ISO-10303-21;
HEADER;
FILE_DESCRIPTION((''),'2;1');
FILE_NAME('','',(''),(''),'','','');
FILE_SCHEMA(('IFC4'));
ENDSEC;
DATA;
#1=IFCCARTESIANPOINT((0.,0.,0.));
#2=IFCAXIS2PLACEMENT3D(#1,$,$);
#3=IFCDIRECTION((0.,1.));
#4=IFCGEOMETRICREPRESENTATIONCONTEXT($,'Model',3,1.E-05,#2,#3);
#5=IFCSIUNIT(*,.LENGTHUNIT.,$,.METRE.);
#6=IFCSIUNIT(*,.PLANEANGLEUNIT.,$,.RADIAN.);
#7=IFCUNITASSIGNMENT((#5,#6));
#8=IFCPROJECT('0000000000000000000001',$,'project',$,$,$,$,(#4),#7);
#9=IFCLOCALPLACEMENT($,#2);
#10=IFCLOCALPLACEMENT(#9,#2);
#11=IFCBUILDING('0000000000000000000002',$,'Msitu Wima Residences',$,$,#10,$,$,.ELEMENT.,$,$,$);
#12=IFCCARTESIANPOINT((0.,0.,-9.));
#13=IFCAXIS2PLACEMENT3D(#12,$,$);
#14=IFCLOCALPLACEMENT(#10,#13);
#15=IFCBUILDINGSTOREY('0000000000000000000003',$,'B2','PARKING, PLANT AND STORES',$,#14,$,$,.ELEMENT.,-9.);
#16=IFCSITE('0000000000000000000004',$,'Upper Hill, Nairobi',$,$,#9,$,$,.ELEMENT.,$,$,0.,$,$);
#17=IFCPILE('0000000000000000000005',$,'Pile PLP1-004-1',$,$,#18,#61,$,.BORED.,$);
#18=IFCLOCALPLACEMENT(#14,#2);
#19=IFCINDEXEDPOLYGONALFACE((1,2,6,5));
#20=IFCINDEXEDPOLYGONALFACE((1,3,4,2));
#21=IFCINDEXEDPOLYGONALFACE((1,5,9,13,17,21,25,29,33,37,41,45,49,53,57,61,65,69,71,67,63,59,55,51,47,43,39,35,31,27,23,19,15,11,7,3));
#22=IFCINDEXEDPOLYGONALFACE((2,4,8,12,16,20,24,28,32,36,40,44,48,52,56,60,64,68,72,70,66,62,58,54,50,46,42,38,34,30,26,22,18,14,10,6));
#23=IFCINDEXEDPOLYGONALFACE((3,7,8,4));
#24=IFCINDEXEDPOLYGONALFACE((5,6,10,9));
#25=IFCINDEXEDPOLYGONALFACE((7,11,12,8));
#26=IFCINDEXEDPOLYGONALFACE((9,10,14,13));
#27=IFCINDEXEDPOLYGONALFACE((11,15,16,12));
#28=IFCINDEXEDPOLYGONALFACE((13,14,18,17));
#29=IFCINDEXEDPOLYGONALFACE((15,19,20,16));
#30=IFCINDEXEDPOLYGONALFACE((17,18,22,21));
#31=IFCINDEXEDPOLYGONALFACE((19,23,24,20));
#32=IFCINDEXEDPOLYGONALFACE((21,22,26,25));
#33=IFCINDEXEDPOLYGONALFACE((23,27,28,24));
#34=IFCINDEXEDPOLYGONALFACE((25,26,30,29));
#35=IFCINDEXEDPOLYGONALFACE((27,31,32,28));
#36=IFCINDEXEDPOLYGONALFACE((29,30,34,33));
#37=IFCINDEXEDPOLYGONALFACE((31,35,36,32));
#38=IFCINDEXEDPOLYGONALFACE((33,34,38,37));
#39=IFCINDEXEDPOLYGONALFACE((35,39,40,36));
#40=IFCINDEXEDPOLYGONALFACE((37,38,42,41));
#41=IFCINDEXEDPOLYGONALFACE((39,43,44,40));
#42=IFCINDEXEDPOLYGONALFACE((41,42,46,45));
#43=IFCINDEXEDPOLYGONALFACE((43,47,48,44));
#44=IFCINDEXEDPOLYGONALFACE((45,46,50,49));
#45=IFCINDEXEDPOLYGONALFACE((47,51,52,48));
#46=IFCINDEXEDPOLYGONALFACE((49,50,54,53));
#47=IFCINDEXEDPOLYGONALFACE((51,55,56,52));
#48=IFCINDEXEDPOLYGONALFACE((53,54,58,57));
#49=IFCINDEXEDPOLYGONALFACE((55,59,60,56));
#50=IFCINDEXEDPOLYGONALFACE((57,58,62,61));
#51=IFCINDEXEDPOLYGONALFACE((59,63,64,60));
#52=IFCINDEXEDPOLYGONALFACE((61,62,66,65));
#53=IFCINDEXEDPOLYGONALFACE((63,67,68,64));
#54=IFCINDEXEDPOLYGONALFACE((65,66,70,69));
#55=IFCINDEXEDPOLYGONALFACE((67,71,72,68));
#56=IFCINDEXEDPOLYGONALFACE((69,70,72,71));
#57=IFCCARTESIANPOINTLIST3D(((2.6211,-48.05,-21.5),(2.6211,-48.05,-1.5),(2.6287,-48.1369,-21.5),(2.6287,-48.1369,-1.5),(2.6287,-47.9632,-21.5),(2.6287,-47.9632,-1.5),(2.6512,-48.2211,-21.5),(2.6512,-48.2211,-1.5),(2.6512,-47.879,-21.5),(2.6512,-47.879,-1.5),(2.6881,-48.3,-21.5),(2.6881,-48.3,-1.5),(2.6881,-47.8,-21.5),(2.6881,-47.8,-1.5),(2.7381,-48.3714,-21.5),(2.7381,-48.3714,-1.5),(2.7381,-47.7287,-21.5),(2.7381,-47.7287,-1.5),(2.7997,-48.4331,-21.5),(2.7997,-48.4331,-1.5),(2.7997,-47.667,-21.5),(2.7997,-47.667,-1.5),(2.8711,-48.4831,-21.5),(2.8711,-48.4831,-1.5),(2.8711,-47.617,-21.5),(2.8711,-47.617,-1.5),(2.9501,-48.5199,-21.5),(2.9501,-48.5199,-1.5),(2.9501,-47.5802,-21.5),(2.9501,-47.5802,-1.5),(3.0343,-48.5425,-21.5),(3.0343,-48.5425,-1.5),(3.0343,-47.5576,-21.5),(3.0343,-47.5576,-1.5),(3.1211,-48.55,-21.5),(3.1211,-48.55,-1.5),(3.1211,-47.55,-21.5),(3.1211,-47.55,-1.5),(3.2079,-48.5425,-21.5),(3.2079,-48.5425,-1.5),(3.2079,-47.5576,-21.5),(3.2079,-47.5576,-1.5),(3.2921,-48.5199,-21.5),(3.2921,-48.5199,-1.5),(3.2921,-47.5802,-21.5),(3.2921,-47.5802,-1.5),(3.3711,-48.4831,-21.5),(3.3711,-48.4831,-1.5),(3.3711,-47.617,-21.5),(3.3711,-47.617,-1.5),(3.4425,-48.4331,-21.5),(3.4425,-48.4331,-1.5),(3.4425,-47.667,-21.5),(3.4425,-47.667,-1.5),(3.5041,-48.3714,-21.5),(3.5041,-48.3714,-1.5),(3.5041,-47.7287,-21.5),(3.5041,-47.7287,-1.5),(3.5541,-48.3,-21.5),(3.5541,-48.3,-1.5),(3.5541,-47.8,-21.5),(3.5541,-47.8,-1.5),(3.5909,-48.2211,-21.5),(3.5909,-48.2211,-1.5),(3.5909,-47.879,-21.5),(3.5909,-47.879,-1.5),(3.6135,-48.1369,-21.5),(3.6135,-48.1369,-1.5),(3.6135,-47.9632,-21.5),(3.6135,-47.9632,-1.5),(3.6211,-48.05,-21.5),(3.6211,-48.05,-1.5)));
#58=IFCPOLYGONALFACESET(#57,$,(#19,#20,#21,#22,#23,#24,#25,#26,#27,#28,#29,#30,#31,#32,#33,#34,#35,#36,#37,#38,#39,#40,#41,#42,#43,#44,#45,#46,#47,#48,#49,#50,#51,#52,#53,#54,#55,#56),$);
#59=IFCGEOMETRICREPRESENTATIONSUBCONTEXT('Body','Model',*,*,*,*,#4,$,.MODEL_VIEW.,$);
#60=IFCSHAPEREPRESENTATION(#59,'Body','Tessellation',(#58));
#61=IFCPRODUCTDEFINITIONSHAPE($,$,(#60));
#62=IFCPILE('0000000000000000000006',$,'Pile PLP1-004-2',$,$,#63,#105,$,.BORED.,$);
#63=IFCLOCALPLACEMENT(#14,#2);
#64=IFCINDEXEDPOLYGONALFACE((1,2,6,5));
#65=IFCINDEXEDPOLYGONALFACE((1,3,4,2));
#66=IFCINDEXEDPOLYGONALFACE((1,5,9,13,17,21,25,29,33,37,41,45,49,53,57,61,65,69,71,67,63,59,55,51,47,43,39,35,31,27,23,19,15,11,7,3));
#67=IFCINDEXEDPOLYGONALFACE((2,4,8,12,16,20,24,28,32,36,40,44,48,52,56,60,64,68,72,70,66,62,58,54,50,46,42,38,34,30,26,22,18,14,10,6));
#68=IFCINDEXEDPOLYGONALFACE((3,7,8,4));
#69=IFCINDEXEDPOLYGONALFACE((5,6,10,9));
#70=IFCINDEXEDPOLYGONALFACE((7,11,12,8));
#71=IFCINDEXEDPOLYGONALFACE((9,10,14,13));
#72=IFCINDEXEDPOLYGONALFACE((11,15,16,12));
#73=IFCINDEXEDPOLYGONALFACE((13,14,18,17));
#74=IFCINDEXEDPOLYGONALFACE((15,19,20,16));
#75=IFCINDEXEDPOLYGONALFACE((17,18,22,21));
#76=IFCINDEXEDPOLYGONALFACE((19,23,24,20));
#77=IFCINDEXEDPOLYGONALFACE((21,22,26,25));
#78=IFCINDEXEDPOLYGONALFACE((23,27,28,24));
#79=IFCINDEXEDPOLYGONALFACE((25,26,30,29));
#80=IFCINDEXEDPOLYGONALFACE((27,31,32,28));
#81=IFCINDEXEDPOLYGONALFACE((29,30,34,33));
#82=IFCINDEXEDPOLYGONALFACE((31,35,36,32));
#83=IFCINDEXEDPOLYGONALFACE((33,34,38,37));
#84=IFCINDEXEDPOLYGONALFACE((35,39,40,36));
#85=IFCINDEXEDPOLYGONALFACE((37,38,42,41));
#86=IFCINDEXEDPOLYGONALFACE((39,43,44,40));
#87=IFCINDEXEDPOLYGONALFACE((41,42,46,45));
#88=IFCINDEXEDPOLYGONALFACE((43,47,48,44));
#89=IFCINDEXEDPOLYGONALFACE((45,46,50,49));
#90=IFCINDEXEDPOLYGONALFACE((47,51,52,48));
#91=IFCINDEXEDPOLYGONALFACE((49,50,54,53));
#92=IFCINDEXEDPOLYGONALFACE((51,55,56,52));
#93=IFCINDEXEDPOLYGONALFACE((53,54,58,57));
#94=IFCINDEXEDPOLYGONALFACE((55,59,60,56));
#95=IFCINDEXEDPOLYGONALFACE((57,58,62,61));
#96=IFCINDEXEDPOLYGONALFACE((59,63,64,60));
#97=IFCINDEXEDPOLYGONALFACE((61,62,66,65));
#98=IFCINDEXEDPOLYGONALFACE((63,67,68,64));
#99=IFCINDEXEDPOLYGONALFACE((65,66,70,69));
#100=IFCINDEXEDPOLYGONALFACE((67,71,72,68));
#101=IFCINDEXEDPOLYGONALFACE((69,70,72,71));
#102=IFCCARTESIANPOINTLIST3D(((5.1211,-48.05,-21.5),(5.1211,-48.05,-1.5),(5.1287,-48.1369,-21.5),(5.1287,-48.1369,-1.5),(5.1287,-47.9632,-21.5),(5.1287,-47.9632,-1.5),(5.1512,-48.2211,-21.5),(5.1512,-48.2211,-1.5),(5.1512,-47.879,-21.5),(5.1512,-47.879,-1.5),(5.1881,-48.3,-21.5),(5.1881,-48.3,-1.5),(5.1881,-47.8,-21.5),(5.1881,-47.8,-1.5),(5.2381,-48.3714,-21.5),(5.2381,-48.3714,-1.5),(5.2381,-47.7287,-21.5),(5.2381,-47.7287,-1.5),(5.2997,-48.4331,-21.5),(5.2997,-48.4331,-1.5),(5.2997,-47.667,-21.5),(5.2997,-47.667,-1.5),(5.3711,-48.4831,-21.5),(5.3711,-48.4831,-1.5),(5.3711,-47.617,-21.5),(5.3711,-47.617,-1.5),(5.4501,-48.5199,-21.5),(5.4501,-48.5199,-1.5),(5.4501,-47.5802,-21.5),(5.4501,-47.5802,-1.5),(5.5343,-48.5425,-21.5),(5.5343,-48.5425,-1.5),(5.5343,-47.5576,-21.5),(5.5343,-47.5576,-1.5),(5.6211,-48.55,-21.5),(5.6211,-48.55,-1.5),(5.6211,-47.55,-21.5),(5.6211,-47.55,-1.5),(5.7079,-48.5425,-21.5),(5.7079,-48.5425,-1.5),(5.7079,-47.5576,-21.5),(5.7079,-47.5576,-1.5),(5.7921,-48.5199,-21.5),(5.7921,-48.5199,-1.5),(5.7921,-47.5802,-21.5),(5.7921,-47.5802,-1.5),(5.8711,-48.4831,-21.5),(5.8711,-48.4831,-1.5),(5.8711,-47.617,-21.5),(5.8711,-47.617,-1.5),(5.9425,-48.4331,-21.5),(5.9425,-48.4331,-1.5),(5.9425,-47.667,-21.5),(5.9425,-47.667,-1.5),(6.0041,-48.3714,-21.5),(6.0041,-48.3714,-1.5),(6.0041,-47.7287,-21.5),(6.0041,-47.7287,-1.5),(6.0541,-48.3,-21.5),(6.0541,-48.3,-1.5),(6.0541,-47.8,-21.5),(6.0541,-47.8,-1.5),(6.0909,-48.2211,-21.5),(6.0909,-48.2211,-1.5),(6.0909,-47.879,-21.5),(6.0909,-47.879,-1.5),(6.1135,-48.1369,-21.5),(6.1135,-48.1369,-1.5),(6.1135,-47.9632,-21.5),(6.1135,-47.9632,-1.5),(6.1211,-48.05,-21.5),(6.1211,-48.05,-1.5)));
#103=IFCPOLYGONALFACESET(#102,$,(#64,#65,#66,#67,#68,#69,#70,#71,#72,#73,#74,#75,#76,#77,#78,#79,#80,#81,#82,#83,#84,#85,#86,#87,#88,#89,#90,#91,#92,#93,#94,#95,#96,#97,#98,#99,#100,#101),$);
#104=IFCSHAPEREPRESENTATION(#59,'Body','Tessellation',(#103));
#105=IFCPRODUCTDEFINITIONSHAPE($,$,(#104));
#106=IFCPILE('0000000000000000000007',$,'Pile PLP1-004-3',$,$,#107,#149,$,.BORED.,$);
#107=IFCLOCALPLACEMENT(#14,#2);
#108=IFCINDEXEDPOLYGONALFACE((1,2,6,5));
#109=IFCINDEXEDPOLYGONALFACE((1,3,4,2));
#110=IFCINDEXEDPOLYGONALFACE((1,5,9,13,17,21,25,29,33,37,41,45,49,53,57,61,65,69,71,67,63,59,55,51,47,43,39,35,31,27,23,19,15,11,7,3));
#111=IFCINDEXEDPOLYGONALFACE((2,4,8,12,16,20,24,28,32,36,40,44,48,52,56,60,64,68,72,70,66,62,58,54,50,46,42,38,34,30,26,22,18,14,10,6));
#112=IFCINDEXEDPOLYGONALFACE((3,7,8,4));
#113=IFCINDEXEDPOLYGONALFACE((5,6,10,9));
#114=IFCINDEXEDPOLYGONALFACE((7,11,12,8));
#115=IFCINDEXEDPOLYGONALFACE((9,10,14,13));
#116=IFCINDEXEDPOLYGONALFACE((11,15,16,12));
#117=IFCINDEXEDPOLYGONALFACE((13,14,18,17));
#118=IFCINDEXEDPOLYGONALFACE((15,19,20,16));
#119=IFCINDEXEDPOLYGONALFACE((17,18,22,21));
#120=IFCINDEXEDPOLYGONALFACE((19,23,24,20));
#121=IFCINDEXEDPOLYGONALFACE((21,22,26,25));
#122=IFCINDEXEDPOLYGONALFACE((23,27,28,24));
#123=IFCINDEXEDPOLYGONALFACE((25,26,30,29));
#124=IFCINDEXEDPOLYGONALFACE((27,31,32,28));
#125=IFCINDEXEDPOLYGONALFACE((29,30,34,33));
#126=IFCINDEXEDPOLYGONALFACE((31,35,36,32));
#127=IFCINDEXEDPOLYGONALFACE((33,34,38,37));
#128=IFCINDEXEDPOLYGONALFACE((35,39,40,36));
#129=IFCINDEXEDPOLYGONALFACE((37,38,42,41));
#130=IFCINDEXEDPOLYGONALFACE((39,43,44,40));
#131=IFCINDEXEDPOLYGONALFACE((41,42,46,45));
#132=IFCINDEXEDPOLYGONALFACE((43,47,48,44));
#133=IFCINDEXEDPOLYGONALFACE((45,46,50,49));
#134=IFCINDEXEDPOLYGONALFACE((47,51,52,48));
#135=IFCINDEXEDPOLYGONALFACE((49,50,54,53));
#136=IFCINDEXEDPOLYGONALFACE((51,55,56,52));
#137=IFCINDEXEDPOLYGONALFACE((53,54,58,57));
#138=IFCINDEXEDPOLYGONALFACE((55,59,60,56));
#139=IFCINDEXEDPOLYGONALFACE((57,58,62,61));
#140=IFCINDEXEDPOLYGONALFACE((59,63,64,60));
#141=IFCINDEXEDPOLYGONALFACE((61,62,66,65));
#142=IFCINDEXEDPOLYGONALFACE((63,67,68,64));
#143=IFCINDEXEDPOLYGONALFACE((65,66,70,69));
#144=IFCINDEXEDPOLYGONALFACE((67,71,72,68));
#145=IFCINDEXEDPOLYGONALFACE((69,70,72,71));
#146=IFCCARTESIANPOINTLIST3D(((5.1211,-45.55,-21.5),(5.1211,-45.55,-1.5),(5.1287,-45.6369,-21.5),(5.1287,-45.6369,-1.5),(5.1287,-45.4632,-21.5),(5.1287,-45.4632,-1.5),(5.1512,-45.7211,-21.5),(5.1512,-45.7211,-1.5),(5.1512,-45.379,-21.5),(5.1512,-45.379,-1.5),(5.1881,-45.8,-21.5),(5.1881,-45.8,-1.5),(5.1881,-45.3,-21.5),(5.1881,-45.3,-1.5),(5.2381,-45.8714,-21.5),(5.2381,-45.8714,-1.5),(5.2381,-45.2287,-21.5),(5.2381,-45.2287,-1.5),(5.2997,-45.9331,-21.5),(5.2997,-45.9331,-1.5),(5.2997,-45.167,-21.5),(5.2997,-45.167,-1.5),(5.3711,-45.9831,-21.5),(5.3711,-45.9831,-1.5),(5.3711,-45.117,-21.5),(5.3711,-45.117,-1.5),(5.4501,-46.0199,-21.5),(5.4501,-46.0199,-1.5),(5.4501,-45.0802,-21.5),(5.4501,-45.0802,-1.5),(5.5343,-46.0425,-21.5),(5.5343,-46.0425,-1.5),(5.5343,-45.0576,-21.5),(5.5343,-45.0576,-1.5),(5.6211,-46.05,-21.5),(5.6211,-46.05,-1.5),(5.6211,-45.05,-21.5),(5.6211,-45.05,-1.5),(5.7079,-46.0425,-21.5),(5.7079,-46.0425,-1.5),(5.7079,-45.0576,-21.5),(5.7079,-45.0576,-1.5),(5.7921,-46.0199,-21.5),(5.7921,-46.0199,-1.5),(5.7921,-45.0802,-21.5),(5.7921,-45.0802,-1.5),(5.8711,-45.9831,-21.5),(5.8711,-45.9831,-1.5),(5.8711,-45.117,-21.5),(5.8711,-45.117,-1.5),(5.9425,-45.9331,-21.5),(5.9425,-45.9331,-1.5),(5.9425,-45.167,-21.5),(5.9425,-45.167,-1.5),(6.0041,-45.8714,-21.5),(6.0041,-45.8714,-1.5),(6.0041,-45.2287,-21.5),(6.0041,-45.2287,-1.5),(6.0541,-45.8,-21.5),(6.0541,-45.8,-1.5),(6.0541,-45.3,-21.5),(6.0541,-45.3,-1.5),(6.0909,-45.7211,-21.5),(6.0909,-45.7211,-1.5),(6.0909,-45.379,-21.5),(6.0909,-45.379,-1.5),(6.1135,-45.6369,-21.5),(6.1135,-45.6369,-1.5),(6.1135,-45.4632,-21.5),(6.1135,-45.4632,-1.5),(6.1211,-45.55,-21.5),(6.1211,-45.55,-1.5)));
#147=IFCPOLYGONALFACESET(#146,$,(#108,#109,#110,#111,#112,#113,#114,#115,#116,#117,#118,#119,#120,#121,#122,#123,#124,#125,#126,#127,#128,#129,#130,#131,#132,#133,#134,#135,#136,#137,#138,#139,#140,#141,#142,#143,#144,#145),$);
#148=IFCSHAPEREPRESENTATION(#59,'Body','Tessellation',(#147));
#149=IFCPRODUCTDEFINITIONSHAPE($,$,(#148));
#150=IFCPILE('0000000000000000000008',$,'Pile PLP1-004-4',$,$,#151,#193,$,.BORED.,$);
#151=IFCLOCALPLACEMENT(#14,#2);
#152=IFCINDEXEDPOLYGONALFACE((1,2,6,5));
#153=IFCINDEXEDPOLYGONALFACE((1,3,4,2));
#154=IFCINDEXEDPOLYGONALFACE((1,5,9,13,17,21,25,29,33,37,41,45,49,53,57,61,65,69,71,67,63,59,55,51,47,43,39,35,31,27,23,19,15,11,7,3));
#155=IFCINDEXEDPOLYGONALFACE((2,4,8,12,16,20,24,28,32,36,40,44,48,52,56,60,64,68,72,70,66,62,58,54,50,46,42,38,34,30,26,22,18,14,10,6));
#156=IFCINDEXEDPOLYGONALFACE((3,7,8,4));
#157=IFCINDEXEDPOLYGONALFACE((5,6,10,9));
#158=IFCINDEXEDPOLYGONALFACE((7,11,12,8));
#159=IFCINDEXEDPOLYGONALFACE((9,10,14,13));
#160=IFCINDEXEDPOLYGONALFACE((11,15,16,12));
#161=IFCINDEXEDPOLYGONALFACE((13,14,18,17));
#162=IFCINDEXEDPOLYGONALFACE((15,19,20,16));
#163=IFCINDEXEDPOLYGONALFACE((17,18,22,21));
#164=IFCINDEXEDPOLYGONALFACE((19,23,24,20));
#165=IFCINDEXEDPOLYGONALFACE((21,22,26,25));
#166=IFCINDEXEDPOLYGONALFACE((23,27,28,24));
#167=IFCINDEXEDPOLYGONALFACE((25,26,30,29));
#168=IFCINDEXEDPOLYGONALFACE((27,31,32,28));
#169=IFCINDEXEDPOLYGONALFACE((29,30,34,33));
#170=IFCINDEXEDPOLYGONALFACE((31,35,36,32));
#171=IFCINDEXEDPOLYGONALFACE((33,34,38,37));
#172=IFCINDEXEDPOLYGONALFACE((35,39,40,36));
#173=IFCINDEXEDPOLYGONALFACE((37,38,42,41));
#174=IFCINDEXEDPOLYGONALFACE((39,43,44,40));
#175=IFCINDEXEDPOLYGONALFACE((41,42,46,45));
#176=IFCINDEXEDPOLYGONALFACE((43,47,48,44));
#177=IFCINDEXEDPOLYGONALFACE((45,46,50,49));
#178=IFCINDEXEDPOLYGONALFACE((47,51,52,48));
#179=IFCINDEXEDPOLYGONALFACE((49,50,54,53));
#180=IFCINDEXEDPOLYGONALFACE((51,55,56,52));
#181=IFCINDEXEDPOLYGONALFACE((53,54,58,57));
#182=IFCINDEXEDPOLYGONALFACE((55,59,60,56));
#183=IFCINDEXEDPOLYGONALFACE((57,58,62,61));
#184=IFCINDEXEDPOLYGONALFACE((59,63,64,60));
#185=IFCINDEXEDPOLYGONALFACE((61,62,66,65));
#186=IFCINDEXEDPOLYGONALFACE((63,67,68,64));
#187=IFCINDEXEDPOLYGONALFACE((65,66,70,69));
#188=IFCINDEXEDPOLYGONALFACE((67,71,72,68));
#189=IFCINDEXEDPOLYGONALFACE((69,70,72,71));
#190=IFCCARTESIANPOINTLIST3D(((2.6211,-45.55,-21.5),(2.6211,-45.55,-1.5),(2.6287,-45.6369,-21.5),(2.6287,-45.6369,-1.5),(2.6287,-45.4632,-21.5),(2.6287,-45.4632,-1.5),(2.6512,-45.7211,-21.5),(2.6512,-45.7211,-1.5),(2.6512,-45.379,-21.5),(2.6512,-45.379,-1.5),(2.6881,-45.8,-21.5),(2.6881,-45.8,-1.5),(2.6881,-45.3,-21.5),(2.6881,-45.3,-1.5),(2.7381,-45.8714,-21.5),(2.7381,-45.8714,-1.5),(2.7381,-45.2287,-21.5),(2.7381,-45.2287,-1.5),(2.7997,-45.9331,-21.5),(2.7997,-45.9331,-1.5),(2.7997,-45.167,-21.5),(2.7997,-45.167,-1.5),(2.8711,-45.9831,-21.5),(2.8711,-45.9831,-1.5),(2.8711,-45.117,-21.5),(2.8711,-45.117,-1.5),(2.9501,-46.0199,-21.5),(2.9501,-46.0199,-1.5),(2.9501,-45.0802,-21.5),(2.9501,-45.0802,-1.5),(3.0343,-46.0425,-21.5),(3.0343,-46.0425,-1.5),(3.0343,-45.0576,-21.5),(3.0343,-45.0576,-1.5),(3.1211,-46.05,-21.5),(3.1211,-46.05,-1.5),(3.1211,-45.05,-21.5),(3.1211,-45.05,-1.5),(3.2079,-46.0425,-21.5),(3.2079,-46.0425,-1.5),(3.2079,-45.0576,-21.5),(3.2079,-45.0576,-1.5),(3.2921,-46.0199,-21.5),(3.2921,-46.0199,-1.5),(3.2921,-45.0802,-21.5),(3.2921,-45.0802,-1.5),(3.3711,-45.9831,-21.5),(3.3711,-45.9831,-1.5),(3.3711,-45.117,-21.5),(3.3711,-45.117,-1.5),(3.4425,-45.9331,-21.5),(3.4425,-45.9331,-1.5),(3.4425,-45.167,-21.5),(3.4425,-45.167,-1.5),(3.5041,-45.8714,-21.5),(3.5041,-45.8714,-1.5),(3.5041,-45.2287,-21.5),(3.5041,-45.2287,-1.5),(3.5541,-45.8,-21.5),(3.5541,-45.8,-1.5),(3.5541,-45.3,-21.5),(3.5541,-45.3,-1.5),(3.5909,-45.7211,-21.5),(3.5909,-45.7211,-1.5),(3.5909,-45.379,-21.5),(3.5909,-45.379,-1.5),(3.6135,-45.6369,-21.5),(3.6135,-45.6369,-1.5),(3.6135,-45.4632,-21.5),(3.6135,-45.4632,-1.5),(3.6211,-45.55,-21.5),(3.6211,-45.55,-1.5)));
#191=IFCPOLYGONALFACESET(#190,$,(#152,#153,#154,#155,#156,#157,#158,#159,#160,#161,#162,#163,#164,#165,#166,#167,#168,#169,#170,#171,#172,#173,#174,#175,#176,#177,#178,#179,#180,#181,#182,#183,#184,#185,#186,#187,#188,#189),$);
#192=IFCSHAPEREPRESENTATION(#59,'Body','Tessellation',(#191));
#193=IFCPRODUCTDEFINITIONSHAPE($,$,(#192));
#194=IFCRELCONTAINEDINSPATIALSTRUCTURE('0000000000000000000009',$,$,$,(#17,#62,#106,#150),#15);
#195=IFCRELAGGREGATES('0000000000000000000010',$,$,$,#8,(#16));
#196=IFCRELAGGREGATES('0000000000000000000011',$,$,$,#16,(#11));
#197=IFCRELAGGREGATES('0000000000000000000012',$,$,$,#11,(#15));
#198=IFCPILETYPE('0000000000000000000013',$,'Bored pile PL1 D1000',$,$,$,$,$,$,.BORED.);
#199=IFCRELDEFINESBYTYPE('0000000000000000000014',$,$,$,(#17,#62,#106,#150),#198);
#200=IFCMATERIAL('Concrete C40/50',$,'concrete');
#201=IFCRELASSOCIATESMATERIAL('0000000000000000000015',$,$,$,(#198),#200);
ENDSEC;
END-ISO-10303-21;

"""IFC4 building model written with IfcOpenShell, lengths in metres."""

from ifc_helpers import new_model, si_unit, direction, frame, origin, origin_2d, place, context, subcontext, project, spatial, circle, extrude, material, type_object, element, save


model = new_model("IFC4")

# Units and contexts
model_context = context("Model", 3, precision=1e-05, world=origin(), true_north=direction((0.0, 1.0)))
body_context = subcontext(model_context, "Body", "Model", "MODEL_VIEW")
ifc_project = project(units=[si_unit("LENGTHUNIT", "METRE"), si_unit("PLANEANGLEUNIT", "RADIAN")], contexts=[model_context])

# Site, building, storey
site_placement = place(None, origin())
site = spatial("IfcSite", under=ifc_project, at=site_placement, Name="Upper Hill, Nairobi", CompositionType="ELEMENT", RefElevation=0.0)
building_placement = place(site_placement, origin())
building = spatial("IfcBuilding", under=site, at=building_placement, Name="Msitu Wima Residences", CompositionType="ELEMENT")
storey_placement = place(building_placement, frame((0.0, 0.0, -9.0)))
storey = spatial("IfcBuildingStorey", under=building, at=storey_placement, Name="B2", Description="PARKING, PLANT AND STORES", CompositionType="ELEMENT", Elevation=-9.0)

# Piles
ifc_material_1 = material(Name="Concrete C40/50", Category="concrete")
pile_type = type_object("IfcPileType", Name="Bored pile PL1 D1000", PredefinedType="BORED", material=ifc_material_1)
for number, where, z_axis, x_axis, name in (
    (1, (3.1211, -48.05, -1.5), (0.0, 0.0, -1.0), (1.0, 0.0, 0.0), "Pile PLP1-004-1"),
    (2, (5.6211, -48.05, -1.5), (0.0, 0.0, -1.0), (1.0, 0.0, 0.0), "Pile PLP1-004-2"),
    (3, (5.6211, -45.55, -1.5), (0.0, 0.0, -1.0), (1.0, 0.0, 0.0), "Pile PLP1-004-3"),
    (4, (3.1211, -45.55, -1.5), (0.0, 0.0, -1.0), (1.0, 0.0, 0.0), "Pile PLP1-004-4"),
):
    element("IfcPile", number, at=place(storey_placement, frame(where, z_axis=z_axis, x_axis=x_axis)), inside=storey, type_object=pile_type, Name=name, PredefinedType="BORED", context=body_context, shape_type="SweptSolid", body=[
        extrude(circle(Radius=0.5, at=origin_2d()), origin(), (0.0, 0.0, 1.0), 20.0),
    ])

save(model, "model.ifc")
